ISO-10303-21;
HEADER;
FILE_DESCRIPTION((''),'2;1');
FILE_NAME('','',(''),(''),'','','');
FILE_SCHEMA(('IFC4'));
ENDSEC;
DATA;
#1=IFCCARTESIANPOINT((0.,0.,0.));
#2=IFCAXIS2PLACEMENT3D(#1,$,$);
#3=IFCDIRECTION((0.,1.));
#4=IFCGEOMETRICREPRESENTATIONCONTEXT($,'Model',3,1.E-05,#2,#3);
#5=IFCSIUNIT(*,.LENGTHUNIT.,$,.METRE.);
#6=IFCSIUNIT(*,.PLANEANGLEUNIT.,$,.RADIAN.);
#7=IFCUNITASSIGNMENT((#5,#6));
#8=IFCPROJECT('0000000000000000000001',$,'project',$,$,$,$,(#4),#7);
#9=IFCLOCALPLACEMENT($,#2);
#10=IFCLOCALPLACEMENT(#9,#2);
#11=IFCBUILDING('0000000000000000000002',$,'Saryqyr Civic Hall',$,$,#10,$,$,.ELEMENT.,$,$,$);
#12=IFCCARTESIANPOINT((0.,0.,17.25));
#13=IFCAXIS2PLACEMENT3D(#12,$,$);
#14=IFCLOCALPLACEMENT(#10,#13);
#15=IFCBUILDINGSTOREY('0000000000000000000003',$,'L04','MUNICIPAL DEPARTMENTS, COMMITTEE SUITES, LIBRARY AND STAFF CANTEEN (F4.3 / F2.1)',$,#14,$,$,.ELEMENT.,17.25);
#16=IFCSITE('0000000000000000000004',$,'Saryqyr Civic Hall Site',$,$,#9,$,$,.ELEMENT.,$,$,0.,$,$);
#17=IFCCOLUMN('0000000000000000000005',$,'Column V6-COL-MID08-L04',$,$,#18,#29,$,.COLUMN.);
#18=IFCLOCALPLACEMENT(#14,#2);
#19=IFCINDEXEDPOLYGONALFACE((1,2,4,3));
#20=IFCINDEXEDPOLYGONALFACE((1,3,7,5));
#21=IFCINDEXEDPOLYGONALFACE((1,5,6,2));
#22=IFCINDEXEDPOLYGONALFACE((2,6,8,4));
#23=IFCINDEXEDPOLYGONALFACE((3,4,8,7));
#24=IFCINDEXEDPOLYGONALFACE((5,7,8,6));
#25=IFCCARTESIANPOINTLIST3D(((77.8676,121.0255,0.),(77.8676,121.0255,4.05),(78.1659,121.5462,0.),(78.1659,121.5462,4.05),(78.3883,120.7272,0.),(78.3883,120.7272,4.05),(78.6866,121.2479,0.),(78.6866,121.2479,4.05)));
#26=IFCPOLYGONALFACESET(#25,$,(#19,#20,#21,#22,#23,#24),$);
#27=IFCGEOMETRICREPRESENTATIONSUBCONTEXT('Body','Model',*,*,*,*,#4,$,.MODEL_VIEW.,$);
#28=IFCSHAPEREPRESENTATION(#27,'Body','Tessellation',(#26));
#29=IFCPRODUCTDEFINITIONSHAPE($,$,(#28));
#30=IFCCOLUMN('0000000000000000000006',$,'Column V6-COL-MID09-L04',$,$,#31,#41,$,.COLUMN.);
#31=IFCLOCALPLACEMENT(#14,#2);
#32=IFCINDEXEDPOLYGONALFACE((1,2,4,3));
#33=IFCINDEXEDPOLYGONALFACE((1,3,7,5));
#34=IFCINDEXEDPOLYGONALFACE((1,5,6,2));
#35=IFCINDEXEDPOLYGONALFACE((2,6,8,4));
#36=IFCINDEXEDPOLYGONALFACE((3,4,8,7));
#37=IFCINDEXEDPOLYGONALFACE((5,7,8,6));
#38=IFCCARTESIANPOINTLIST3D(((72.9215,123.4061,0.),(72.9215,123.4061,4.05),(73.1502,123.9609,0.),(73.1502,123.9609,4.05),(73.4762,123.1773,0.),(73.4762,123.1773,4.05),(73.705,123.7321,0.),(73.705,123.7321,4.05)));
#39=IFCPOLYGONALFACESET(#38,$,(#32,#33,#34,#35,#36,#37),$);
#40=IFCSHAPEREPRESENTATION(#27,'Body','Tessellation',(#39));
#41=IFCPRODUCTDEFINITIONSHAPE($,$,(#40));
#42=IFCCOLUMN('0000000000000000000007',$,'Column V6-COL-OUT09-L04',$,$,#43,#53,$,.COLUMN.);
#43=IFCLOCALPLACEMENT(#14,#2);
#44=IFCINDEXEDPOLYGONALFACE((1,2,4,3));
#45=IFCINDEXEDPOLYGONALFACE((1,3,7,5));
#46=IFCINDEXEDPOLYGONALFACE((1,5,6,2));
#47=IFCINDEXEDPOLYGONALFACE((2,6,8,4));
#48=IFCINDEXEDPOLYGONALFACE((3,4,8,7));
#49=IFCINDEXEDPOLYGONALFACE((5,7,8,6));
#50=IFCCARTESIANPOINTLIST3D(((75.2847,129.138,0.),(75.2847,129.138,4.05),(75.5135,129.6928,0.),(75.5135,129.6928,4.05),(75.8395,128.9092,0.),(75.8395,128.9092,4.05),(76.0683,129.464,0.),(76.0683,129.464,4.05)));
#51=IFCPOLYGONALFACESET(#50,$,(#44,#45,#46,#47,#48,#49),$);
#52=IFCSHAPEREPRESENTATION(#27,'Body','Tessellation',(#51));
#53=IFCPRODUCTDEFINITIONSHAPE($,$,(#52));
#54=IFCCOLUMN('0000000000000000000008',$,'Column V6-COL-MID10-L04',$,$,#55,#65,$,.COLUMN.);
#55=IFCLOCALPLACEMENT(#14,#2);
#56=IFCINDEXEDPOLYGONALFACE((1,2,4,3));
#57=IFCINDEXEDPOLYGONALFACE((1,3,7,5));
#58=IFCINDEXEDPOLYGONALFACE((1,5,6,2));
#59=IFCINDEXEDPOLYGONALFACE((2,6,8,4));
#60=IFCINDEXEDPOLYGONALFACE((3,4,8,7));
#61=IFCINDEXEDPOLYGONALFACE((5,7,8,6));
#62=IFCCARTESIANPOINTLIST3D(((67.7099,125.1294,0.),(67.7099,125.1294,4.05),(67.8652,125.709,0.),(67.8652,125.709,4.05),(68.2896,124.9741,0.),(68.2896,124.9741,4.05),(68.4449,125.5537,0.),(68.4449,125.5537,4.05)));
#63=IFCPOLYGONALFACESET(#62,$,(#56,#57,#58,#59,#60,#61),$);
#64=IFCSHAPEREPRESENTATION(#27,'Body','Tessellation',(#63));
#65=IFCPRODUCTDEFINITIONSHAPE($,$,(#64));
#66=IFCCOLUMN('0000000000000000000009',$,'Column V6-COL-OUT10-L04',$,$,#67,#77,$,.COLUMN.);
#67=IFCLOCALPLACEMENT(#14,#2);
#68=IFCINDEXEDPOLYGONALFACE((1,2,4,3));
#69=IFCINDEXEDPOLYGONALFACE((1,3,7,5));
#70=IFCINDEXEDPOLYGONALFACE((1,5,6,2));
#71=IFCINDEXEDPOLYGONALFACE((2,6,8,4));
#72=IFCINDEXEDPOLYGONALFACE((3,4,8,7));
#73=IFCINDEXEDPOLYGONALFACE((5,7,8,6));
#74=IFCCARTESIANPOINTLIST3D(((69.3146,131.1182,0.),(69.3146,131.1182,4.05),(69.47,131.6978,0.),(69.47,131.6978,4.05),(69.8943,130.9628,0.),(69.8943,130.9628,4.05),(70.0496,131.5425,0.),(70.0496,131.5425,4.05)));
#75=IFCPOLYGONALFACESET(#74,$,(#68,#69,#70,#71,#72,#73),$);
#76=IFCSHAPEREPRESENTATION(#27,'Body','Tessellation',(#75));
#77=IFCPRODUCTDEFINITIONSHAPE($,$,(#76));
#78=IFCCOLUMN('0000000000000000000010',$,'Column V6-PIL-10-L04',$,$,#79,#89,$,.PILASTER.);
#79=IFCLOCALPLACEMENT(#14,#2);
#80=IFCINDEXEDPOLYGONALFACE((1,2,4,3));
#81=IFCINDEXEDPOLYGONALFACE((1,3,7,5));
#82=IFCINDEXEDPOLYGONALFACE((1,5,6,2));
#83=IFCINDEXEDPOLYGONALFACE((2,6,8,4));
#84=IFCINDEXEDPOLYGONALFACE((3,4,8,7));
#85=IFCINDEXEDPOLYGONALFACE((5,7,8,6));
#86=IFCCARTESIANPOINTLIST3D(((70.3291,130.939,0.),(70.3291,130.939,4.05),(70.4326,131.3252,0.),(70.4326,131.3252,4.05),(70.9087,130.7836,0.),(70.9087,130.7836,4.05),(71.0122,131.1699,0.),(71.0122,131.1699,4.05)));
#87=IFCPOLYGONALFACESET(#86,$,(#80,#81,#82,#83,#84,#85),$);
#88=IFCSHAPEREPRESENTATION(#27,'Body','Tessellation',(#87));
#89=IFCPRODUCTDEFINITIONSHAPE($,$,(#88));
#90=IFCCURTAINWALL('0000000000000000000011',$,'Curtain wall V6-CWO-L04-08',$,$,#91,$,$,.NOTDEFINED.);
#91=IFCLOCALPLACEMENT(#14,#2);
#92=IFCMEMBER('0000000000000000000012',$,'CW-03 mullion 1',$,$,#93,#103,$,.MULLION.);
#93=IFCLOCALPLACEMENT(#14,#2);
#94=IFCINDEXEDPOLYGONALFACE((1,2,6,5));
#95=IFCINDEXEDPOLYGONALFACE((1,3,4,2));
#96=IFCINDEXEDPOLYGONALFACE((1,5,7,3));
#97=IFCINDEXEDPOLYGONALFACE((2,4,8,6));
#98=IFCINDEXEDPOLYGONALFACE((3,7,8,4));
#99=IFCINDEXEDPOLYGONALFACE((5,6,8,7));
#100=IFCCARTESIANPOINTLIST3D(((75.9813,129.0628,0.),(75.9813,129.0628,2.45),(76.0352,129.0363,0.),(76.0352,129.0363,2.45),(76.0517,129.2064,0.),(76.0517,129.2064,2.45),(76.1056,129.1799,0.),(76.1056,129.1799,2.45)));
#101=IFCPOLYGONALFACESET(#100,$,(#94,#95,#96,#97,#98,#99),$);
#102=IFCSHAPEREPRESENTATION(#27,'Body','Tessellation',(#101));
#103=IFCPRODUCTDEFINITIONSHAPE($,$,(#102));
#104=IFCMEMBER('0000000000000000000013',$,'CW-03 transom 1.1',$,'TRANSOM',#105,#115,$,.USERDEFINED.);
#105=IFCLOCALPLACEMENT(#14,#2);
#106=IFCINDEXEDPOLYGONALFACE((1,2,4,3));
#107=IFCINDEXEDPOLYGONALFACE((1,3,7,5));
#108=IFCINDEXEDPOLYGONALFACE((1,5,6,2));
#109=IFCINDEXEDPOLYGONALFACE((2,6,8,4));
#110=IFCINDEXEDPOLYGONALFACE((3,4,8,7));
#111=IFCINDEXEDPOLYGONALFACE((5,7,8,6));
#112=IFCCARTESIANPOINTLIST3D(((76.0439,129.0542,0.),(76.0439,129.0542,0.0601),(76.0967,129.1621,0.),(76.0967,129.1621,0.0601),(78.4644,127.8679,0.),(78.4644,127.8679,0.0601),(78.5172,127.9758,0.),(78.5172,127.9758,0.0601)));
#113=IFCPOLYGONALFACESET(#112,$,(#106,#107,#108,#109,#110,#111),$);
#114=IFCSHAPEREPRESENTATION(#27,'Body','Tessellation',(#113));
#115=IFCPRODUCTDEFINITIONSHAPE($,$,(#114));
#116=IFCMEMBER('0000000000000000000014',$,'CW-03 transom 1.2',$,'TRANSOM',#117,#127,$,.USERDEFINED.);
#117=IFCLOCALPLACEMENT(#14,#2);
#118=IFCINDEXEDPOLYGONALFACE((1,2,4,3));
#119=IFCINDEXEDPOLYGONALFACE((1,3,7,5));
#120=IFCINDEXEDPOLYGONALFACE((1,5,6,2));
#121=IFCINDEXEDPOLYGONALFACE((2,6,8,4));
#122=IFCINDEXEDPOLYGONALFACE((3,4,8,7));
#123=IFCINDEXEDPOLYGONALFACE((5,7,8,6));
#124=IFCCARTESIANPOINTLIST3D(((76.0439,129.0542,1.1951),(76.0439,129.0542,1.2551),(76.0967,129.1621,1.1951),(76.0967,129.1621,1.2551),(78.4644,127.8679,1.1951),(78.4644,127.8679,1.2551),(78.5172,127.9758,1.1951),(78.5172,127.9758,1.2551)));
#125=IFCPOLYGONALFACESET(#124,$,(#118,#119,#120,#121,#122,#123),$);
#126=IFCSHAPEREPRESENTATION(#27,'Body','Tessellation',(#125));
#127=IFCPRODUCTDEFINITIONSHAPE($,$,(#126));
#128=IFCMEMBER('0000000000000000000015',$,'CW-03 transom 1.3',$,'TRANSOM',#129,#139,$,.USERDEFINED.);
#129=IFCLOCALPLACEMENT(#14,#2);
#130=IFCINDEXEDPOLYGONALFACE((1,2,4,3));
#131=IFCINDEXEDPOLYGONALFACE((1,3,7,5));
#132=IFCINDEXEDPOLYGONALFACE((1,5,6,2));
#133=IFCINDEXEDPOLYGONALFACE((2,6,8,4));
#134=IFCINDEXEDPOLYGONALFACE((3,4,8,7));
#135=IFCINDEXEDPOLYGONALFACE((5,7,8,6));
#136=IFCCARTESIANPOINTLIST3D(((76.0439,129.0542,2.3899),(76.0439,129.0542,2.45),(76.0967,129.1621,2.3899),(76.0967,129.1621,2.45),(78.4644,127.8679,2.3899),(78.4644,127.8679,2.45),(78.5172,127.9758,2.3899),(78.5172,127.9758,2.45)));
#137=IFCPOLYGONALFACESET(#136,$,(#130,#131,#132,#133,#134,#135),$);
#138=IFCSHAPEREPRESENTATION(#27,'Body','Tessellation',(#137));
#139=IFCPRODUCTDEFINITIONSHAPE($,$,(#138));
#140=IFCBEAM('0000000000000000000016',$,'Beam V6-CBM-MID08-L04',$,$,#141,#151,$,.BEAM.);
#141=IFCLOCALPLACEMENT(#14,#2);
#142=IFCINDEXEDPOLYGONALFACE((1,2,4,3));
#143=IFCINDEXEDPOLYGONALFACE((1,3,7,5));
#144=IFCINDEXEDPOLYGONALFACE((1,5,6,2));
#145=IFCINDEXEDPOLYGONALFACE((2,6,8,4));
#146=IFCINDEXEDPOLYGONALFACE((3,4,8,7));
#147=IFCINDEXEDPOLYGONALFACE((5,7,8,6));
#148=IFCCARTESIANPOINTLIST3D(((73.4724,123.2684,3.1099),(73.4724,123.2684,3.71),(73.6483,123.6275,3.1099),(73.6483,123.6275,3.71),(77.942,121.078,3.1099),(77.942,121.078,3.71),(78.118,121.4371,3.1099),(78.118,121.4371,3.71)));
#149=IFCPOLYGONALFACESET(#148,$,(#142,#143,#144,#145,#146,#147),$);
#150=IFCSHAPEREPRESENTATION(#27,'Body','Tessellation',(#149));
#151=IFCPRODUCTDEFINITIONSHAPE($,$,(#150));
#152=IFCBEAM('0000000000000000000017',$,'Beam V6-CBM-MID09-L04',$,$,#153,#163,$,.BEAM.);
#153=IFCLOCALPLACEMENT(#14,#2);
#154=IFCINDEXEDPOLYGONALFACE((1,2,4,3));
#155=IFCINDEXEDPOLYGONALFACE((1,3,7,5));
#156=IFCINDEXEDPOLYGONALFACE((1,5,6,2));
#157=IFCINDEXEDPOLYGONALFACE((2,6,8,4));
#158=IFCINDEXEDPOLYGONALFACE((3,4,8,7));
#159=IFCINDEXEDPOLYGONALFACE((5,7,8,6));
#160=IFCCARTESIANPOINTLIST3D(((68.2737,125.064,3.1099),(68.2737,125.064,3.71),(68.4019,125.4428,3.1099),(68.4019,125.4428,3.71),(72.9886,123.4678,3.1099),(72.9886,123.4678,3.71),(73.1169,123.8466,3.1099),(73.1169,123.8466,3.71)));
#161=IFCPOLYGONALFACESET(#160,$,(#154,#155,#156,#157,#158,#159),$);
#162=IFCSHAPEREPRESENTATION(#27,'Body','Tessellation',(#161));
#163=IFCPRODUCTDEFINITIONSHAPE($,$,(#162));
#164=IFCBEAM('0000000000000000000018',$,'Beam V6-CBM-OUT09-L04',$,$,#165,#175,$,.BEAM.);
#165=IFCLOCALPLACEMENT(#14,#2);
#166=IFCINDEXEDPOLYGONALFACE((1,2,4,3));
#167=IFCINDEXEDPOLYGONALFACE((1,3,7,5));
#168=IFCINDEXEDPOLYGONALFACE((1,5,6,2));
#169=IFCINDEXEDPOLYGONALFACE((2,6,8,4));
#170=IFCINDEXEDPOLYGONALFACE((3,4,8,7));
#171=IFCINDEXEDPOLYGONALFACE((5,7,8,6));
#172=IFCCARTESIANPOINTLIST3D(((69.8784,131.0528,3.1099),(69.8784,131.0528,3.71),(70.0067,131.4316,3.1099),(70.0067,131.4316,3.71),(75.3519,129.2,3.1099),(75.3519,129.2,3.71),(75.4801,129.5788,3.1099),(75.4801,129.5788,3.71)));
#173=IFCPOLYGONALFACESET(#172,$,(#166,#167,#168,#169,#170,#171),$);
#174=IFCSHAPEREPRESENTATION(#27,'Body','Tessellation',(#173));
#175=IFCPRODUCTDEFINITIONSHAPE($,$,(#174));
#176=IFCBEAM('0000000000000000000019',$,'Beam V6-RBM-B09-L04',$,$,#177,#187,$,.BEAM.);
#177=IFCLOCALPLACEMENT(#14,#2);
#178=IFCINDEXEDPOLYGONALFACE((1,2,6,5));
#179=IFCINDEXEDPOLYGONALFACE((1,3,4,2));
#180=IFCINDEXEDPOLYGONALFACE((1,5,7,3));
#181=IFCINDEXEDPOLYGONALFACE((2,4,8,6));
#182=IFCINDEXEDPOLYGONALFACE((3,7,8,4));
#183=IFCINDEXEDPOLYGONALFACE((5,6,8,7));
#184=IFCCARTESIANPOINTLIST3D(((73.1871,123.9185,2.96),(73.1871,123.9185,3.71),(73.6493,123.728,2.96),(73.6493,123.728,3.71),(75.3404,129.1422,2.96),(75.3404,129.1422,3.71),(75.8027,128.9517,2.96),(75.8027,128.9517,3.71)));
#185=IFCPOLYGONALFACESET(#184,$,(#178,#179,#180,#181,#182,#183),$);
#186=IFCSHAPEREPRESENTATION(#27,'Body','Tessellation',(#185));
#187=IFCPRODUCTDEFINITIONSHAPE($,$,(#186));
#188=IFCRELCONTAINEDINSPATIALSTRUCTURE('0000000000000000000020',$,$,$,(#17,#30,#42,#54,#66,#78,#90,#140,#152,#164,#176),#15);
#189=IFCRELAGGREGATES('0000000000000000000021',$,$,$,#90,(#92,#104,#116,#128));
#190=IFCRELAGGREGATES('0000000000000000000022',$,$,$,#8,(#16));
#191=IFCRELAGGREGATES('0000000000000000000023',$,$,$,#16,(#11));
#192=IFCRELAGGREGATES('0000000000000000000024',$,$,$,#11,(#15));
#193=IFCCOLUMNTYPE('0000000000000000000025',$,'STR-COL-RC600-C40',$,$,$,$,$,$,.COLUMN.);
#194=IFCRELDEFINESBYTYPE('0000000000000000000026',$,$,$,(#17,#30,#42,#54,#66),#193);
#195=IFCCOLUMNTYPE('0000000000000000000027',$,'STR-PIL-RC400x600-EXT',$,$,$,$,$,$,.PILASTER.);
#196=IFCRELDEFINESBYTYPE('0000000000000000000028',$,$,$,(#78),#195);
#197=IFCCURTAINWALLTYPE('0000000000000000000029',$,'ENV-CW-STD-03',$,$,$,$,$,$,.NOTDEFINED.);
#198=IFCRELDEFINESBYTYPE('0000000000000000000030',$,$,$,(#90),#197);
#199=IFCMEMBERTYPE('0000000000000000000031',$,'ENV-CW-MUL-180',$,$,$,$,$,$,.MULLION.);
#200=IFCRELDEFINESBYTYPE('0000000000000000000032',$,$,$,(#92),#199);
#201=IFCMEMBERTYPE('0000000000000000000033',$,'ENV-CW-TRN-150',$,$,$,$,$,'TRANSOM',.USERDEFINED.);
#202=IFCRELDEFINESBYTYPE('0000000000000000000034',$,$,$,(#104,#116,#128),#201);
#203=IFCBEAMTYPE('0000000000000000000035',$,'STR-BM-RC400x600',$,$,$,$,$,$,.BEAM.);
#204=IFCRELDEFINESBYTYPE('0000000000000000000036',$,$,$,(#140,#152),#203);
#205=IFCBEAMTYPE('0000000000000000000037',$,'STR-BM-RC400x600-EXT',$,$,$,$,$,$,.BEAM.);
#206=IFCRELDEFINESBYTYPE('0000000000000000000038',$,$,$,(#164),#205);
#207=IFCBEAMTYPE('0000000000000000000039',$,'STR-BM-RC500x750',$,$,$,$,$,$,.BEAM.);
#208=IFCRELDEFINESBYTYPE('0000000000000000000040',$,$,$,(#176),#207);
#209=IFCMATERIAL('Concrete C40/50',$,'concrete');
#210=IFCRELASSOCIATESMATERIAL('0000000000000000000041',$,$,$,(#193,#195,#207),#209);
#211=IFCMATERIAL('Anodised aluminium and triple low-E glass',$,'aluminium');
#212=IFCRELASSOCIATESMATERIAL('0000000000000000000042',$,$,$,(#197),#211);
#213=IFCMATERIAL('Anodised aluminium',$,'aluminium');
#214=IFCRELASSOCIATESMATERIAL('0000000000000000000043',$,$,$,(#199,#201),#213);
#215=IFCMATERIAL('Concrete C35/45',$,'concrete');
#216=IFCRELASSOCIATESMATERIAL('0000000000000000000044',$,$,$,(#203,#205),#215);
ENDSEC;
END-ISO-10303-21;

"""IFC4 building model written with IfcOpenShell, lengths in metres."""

from ifc_helpers import new_model, si_unit, direction, frame, origin, origin_2d, place, context, subcontext, project, spatial, rectangle, extrude, material, material_profile, profile_set, type_object, element, aggregate, save


model = new_model("IFC4")

# Units and contexts
model_context = context("Model", 3, precision=1e-05, world=origin(), true_north=direction((0.0, 1.0)))
body_context = subcontext(model_context, "Body", "Model", "MODEL_VIEW")
ifc_project = project(units=[si_unit("LENGTHUNIT", "METRE"), si_unit("PLANEANGLEUNIT", "RADIAN")], contexts=[model_context])

# Site, building, storey
site_placement = place(None, origin())
site = spatial("IfcSite", under=ifc_project, at=site_placement, Name="Saryqyr Civic Hall Site", CompositionType="ELEMENT", RefElevation=0.0)
building_placement = place(site_placement, origin())
building = spatial("IfcBuilding", under=site, at=building_placement, Name="Saryqyr Civic Hall", CompositionType="ELEMENT")
storey_placement = place(building_placement, frame((0.0, 0.0, 17.25)))
storey = spatial("IfcBuildingStorey", under=building, at=storey_placement, Name="L04", Description="MUNICIPAL DEPARTMENTS, COMMITTEE SUITES, LIBRARY AND STAFF CANTEEN (F4.3 / F2.1)", CompositionType="ELEMENT", Elevation=17.25)

# Columns
ifc_material_1 = material(Name="Concrete C40/50", Category="concrete")
ifc_material_profile_1 = material_profile(ifc_material_1, rectangle(XDim=0.6001, YDim=0.6001, at=origin_2d()), Name="RC 600x600")
ifc_profile_set_1 = profile_set([ifc_material_profile_1], Name="Concrete C40/50")
column_type_1 = type_object("IfcColumnType", Name="STR-COL-RC600-C40", PredefinedType="COLUMN", material=ifc_profile_set_1)
for number, where, z_axis, x_axis, name in (
    (1, (78.2771, 121.1367, 0.0), (0.0, 0.0, 1.0), (0.497125, 0.867679, 0.0), "Column V6-COL-MID08-L04"),
    (2, (73.3132, 123.5691, 0.0), (0.0, 0.0, 1.0), (0.381232, 0.92448, 0.0), "Column V6-COL-MID09-L04"),
    (3, (75.6765, 129.301, 0.0), (0.0, 0.0, 1.0), (0.381232, 0.92448, 0.0), "Column V6-COL-OUT09-L04"),
    (4, (68.0774, 125.3416, 0.0), (0.0, 0.0, 1.0), (0.258819, 0.965926, 0.0), "Column V6-COL-MID10-L04"),
    (5, (69.6821, 131.3303, 0.0), (0.0, 0.0, 1.0), (0.258819, 0.965926, 0.0), "Column V6-COL-OUT10-L04"),
):
    element("IfcColumn", number, at=place(storey_placement, frame(where, z_axis=z_axis, x_axis=x_axis)), inside=storey, type_object=column_type_1, Name=name, PredefinedType="COLUMN", context=body_context, shape_type="SweptSolid", body=[
        extrude(rectangle(XDim=0.6001, YDim=0.6001, at=origin_2d()), origin(), (0.0, 0.0, 1.0), 4.05),
    ])
ifc_material_profile_2 = material_profile(ifc_material_1, rectangle(XDim=0.3999, YDim=0.6001, at=origin_2d()), Name="RC 400x600")
ifc_profile_set_2 = profile_set([ifc_material_profile_2], Name="Concrete C40/50")
column_type_2 = type_object("IfcColumnType", Name="STR-PIL-RC400x600-EXT", PredefinedType="PILASTER", material=ifc_profile_set_2)
column_placement = place(storey_placement, frame((70.6707, 131.0544, 0.0), z_axis=(0.0, 0.0, 1.0), x_axis=(0.258819, 0.965926, 0.0)))
element("IfcColumn", 6, at=column_placement, inside=storey, type_object=column_type_2, Name="Column V6-PIL-10-L04", PredefinedType="PILASTER", context=body_context, shape_type="SweptSolid", body=[
    extrude(rectangle(XDim=0.3999, YDim=0.6001, at=origin_2d()), origin(), (0.0, 0.0, 1.0), 4.05),
])

# Curtain wall, members
ifc_material_2 = material(Name="Anodised aluminium and triple low-E glass", Category="aluminium")
curtain_wall_type = type_object("IfcCurtainWallType", Name="ENV-CW-STD-03", PredefinedType="NOTDEFINED", material=ifc_material_2)
curtain_wall_placement = place(storey_placement, origin())
curtain_wall = element("IfcCurtainWall", 7, at=curtain_wall_placement, inside=storey, type_object=curtain_wall_type, Name="Curtain wall V6-CWO-L04-08", PredefinedType="NOTDEFINED")
ifc_material_3 = material(Name="Anodised aluminium", Category="aluminium")
ifc_material_profile_3 = material_profile(ifc_material_3, rectangle(XDim=0.0601, YDim=0.1599, at=origin_2d()), Name="ALU MULLION 60x160")
ifc_profile_set_3 = profile_set([ifc_material_profile_3], Name="Anodised aluminium")
member_type_1 = type_object("IfcMemberType", Name="ENV-CW-MUL-180", PredefinedType="MULLION", material=ifc_profile_set_3)
member_1_placement = place(storey_placement, frame((76.0435, 129.1213, 0.0), z_axis=(0.0, 0.0, 1.0), x_axis=(0.897971, -0.440055, 0.0)))
member_1 = element("IfcMember", 8, at=member_1_placement, type_object=member_type_1, Name="CW-03 mullion 1", PredefinedType="MULLION", context=body_context, shape_type="SweptSolid", body=[
    extrude(rectangle(XDim=0.0601, YDim=0.1599, at=origin_2d()), origin(), (0.0, 0.0, 1.0), 2.45),
])
ifc_material_profile_4 = material_profile(ifc_material_3, rectangle(XDim=0.1201, YDim=0.0601, at=origin_2d()), Name="ALU TRANSOM 120x60")
ifc_profile_set_4 = profile_set([ifc_material_profile_4], Name="Anodised aluminium")
member_type_2 = type_object("IfcMemberType", Name="ENV-CW-TRN-150", ElementType="TRANSOM", PredefinedType="USERDEFINED", material=ifc_profile_set_4)
member_2_placement = place(storey_placement, frame((76.0703, 129.1082, 0.03), z_axis=(0.897949, -0.440099, 0.0), x_axis=(0.440099, 0.897949, 0.0)))
member_2 = element("IfcMember", 9, at=member_2_placement, type_object=member_type_2, Name="CW-03 transom 1.1", ObjectType="TRANSOM", PredefinedType="USERDEFINED", context=body_context, shape_type="SweptSolid", body=[
    extrude(rectangle(XDim=0.1201, YDim=0.0601, at=origin_2d()), origin(), (0.0, 0.0, 1.0), 2.6956),
])
member_3_placement = place(storey_placement, frame((76.0703, 129.1082, 1.2251), z_axis=(0.897949, -0.440099, 0.0), x_axis=(0.440099, 0.897949, 0.0)))
member_3 = element("IfcMember", 10, at=member_3_placement, type_object=member_type_2, Name="CW-03 transom 1.2", ObjectType="TRANSOM", PredefinedType="USERDEFINED", context=body_context, shape_type="SweptSolid", body=[
    extrude(rectangle(XDim=0.1201, YDim=0.0601, at=origin_2d()), origin(), (0.0, 0.0, 1.0), 2.6956),
])
member_4_placement = place(storey_placement, frame((76.0703, 129.1082, 2.4199), z_axis=(0.897949, -0.440099, 0.0), x_axis=(0.440099, 0.897949, 0.0)))
member_4 = element("IfcMember", 11, at=member_4_placement, type_object=member_type_2, Name="CW-03 transom 1.3", ObjectType="TRANSOM", PredefinedType="USERDEFINED", context=body_context, shape_type="SweptSolid", body=[
    extrude(rectangle(XDim=0.1201, YDim=0.0601, at=origin_2d()), origin(), (0.0, 0.0, 1.0), 2.6956),
])

# Beams
ifc_material_4 = material(Name="Concrete C35/45", Category="concrete")
ifc_material_profile_5 = material_profile(ifc_material_4, rectangle(XDim=0.3999, YDim=0.6001, at=origin_2d()), Name="RC 400x600")
ifc_profile_set_5 = profile_set([ifc_material_profile_5], Name="Concrete C35/45")
beam_type_1 = type_object("IfcBeamType", Name="STR-BM-RC400x600", PredefinedType="BEAM", material=ifc_profile_set_5)
beam_1_placement = place(storey_placement, frame((78.03, 121.2576, 3.4099), z_axis=(-0.897969, 0.440058, 0.0), x_axis=(-0.440058, -0.897969, 0.0)))
element("IfcBeam", 12, at=beam_1_placement, inside=storey, type_object=beam_type_1, Name="Beam V6-CBM-MID08-L04", PredefinedType="BEAM", context=body_context, shape_type="SweptSolid", body=[
    extrude(rectangle(XDim=0.3999, YDim=0.6001, at=origin_2d()), origin(), (0.0, 0.0, 1.0), 4.9775),
])
beam_2_placement = place(storey_placement, frame((73.0527, 123.6572, 3.4099), z_axis=(-0.947192, 0.320668, 0.0), x_axis=(-0.320668, -0.947192, 0.0)))
element("IfcBeam", 13, at=beam_2_placement, inside=storey, type_object=beam_type_1, Name="Beam V6-CBM-MID09-L04", PredefinedType="BEAM", context=body_context, shape_type="SweptSolid", body=[
    extrude(rectangle(XDim=0.3999, YDim=0.6001, at=origin_2d()), origin(), (0.0, 0.0, 1.0), 4.9778),
])
ifc_material_profile_6 = material_profile(ifc_material_4, rectangle(XDim=0.3999, YDim=0.6001, at=origin_2d()), Name="RC 400x600")
ifc_profile_set_6 = profile_set([ifc_material_profile_6], Name="Concrete C35/45")
beam_type_2 = type_object("IfcBeamType", Name="STR-BM-RC400x600-EXT", PredefinedType="BEAM", material=ifc_profile_set_6)
beam_3_placement = place(storey_placement, frame((75.416, 129.3894, 3.4099), z_axis=(-0.947203, 0.320635, 0.0), x_axis=(-0.320635, -0.947203, 0.0)))
element("IfcBeam", 14, at=beam_3_placement, inside=storey, type_object=beam_type_2, Name="Beam V6-CBM-OUT09-L04", PredefinedType="BEAM", context=body_context, shape_type="SweptSolid", body=[
    extrude(rectangle(XDim=0.3999, YDim=0.6001, at=origin_2d()), origin(), (0.0, 0.0, 1.0), 5.7786),
])
ifc_material_profile_7 = material_profile(ifc_material_1, rectangle(XDim=0.5, YDim=0.75, at=origin_2d()), Name="RC 500x750")
ifc_profile_set_7 = profile_set([ifc_material_profile_7], Name="Concrete C40/50")
beam_type_3 = type_object("IfcBeamType", Name="STR-BM-RC500x750", PredefinedType="BEAM", material=ifc_profile_set_7)
beam_4_placement = place(storey_placement, frame((73.4182, 123.8232, 3.335), z_axis=(0.381115, 0.924528, 0.0), x_axis=(-0.924528, 0.381115, 0.0)))
element("IfcBeam", 15, at=beam_4_placement, inside=storey, type_object=beam_type_3, Name="Beam V6-RBM-B09-L04", PredefinedType="BEAM", context=body_context, shape_type="SweptSolid", body=[
    extrude(rectangle(XDim=0.5, YDim=0.75, at=origin_2d()), origin(), (0.0, 0.0, 1.0), 5.6501),
])

aggregate(curtain_wall, [member_1, member_2, member_3, member_4])

save(model, "model.ifc")
